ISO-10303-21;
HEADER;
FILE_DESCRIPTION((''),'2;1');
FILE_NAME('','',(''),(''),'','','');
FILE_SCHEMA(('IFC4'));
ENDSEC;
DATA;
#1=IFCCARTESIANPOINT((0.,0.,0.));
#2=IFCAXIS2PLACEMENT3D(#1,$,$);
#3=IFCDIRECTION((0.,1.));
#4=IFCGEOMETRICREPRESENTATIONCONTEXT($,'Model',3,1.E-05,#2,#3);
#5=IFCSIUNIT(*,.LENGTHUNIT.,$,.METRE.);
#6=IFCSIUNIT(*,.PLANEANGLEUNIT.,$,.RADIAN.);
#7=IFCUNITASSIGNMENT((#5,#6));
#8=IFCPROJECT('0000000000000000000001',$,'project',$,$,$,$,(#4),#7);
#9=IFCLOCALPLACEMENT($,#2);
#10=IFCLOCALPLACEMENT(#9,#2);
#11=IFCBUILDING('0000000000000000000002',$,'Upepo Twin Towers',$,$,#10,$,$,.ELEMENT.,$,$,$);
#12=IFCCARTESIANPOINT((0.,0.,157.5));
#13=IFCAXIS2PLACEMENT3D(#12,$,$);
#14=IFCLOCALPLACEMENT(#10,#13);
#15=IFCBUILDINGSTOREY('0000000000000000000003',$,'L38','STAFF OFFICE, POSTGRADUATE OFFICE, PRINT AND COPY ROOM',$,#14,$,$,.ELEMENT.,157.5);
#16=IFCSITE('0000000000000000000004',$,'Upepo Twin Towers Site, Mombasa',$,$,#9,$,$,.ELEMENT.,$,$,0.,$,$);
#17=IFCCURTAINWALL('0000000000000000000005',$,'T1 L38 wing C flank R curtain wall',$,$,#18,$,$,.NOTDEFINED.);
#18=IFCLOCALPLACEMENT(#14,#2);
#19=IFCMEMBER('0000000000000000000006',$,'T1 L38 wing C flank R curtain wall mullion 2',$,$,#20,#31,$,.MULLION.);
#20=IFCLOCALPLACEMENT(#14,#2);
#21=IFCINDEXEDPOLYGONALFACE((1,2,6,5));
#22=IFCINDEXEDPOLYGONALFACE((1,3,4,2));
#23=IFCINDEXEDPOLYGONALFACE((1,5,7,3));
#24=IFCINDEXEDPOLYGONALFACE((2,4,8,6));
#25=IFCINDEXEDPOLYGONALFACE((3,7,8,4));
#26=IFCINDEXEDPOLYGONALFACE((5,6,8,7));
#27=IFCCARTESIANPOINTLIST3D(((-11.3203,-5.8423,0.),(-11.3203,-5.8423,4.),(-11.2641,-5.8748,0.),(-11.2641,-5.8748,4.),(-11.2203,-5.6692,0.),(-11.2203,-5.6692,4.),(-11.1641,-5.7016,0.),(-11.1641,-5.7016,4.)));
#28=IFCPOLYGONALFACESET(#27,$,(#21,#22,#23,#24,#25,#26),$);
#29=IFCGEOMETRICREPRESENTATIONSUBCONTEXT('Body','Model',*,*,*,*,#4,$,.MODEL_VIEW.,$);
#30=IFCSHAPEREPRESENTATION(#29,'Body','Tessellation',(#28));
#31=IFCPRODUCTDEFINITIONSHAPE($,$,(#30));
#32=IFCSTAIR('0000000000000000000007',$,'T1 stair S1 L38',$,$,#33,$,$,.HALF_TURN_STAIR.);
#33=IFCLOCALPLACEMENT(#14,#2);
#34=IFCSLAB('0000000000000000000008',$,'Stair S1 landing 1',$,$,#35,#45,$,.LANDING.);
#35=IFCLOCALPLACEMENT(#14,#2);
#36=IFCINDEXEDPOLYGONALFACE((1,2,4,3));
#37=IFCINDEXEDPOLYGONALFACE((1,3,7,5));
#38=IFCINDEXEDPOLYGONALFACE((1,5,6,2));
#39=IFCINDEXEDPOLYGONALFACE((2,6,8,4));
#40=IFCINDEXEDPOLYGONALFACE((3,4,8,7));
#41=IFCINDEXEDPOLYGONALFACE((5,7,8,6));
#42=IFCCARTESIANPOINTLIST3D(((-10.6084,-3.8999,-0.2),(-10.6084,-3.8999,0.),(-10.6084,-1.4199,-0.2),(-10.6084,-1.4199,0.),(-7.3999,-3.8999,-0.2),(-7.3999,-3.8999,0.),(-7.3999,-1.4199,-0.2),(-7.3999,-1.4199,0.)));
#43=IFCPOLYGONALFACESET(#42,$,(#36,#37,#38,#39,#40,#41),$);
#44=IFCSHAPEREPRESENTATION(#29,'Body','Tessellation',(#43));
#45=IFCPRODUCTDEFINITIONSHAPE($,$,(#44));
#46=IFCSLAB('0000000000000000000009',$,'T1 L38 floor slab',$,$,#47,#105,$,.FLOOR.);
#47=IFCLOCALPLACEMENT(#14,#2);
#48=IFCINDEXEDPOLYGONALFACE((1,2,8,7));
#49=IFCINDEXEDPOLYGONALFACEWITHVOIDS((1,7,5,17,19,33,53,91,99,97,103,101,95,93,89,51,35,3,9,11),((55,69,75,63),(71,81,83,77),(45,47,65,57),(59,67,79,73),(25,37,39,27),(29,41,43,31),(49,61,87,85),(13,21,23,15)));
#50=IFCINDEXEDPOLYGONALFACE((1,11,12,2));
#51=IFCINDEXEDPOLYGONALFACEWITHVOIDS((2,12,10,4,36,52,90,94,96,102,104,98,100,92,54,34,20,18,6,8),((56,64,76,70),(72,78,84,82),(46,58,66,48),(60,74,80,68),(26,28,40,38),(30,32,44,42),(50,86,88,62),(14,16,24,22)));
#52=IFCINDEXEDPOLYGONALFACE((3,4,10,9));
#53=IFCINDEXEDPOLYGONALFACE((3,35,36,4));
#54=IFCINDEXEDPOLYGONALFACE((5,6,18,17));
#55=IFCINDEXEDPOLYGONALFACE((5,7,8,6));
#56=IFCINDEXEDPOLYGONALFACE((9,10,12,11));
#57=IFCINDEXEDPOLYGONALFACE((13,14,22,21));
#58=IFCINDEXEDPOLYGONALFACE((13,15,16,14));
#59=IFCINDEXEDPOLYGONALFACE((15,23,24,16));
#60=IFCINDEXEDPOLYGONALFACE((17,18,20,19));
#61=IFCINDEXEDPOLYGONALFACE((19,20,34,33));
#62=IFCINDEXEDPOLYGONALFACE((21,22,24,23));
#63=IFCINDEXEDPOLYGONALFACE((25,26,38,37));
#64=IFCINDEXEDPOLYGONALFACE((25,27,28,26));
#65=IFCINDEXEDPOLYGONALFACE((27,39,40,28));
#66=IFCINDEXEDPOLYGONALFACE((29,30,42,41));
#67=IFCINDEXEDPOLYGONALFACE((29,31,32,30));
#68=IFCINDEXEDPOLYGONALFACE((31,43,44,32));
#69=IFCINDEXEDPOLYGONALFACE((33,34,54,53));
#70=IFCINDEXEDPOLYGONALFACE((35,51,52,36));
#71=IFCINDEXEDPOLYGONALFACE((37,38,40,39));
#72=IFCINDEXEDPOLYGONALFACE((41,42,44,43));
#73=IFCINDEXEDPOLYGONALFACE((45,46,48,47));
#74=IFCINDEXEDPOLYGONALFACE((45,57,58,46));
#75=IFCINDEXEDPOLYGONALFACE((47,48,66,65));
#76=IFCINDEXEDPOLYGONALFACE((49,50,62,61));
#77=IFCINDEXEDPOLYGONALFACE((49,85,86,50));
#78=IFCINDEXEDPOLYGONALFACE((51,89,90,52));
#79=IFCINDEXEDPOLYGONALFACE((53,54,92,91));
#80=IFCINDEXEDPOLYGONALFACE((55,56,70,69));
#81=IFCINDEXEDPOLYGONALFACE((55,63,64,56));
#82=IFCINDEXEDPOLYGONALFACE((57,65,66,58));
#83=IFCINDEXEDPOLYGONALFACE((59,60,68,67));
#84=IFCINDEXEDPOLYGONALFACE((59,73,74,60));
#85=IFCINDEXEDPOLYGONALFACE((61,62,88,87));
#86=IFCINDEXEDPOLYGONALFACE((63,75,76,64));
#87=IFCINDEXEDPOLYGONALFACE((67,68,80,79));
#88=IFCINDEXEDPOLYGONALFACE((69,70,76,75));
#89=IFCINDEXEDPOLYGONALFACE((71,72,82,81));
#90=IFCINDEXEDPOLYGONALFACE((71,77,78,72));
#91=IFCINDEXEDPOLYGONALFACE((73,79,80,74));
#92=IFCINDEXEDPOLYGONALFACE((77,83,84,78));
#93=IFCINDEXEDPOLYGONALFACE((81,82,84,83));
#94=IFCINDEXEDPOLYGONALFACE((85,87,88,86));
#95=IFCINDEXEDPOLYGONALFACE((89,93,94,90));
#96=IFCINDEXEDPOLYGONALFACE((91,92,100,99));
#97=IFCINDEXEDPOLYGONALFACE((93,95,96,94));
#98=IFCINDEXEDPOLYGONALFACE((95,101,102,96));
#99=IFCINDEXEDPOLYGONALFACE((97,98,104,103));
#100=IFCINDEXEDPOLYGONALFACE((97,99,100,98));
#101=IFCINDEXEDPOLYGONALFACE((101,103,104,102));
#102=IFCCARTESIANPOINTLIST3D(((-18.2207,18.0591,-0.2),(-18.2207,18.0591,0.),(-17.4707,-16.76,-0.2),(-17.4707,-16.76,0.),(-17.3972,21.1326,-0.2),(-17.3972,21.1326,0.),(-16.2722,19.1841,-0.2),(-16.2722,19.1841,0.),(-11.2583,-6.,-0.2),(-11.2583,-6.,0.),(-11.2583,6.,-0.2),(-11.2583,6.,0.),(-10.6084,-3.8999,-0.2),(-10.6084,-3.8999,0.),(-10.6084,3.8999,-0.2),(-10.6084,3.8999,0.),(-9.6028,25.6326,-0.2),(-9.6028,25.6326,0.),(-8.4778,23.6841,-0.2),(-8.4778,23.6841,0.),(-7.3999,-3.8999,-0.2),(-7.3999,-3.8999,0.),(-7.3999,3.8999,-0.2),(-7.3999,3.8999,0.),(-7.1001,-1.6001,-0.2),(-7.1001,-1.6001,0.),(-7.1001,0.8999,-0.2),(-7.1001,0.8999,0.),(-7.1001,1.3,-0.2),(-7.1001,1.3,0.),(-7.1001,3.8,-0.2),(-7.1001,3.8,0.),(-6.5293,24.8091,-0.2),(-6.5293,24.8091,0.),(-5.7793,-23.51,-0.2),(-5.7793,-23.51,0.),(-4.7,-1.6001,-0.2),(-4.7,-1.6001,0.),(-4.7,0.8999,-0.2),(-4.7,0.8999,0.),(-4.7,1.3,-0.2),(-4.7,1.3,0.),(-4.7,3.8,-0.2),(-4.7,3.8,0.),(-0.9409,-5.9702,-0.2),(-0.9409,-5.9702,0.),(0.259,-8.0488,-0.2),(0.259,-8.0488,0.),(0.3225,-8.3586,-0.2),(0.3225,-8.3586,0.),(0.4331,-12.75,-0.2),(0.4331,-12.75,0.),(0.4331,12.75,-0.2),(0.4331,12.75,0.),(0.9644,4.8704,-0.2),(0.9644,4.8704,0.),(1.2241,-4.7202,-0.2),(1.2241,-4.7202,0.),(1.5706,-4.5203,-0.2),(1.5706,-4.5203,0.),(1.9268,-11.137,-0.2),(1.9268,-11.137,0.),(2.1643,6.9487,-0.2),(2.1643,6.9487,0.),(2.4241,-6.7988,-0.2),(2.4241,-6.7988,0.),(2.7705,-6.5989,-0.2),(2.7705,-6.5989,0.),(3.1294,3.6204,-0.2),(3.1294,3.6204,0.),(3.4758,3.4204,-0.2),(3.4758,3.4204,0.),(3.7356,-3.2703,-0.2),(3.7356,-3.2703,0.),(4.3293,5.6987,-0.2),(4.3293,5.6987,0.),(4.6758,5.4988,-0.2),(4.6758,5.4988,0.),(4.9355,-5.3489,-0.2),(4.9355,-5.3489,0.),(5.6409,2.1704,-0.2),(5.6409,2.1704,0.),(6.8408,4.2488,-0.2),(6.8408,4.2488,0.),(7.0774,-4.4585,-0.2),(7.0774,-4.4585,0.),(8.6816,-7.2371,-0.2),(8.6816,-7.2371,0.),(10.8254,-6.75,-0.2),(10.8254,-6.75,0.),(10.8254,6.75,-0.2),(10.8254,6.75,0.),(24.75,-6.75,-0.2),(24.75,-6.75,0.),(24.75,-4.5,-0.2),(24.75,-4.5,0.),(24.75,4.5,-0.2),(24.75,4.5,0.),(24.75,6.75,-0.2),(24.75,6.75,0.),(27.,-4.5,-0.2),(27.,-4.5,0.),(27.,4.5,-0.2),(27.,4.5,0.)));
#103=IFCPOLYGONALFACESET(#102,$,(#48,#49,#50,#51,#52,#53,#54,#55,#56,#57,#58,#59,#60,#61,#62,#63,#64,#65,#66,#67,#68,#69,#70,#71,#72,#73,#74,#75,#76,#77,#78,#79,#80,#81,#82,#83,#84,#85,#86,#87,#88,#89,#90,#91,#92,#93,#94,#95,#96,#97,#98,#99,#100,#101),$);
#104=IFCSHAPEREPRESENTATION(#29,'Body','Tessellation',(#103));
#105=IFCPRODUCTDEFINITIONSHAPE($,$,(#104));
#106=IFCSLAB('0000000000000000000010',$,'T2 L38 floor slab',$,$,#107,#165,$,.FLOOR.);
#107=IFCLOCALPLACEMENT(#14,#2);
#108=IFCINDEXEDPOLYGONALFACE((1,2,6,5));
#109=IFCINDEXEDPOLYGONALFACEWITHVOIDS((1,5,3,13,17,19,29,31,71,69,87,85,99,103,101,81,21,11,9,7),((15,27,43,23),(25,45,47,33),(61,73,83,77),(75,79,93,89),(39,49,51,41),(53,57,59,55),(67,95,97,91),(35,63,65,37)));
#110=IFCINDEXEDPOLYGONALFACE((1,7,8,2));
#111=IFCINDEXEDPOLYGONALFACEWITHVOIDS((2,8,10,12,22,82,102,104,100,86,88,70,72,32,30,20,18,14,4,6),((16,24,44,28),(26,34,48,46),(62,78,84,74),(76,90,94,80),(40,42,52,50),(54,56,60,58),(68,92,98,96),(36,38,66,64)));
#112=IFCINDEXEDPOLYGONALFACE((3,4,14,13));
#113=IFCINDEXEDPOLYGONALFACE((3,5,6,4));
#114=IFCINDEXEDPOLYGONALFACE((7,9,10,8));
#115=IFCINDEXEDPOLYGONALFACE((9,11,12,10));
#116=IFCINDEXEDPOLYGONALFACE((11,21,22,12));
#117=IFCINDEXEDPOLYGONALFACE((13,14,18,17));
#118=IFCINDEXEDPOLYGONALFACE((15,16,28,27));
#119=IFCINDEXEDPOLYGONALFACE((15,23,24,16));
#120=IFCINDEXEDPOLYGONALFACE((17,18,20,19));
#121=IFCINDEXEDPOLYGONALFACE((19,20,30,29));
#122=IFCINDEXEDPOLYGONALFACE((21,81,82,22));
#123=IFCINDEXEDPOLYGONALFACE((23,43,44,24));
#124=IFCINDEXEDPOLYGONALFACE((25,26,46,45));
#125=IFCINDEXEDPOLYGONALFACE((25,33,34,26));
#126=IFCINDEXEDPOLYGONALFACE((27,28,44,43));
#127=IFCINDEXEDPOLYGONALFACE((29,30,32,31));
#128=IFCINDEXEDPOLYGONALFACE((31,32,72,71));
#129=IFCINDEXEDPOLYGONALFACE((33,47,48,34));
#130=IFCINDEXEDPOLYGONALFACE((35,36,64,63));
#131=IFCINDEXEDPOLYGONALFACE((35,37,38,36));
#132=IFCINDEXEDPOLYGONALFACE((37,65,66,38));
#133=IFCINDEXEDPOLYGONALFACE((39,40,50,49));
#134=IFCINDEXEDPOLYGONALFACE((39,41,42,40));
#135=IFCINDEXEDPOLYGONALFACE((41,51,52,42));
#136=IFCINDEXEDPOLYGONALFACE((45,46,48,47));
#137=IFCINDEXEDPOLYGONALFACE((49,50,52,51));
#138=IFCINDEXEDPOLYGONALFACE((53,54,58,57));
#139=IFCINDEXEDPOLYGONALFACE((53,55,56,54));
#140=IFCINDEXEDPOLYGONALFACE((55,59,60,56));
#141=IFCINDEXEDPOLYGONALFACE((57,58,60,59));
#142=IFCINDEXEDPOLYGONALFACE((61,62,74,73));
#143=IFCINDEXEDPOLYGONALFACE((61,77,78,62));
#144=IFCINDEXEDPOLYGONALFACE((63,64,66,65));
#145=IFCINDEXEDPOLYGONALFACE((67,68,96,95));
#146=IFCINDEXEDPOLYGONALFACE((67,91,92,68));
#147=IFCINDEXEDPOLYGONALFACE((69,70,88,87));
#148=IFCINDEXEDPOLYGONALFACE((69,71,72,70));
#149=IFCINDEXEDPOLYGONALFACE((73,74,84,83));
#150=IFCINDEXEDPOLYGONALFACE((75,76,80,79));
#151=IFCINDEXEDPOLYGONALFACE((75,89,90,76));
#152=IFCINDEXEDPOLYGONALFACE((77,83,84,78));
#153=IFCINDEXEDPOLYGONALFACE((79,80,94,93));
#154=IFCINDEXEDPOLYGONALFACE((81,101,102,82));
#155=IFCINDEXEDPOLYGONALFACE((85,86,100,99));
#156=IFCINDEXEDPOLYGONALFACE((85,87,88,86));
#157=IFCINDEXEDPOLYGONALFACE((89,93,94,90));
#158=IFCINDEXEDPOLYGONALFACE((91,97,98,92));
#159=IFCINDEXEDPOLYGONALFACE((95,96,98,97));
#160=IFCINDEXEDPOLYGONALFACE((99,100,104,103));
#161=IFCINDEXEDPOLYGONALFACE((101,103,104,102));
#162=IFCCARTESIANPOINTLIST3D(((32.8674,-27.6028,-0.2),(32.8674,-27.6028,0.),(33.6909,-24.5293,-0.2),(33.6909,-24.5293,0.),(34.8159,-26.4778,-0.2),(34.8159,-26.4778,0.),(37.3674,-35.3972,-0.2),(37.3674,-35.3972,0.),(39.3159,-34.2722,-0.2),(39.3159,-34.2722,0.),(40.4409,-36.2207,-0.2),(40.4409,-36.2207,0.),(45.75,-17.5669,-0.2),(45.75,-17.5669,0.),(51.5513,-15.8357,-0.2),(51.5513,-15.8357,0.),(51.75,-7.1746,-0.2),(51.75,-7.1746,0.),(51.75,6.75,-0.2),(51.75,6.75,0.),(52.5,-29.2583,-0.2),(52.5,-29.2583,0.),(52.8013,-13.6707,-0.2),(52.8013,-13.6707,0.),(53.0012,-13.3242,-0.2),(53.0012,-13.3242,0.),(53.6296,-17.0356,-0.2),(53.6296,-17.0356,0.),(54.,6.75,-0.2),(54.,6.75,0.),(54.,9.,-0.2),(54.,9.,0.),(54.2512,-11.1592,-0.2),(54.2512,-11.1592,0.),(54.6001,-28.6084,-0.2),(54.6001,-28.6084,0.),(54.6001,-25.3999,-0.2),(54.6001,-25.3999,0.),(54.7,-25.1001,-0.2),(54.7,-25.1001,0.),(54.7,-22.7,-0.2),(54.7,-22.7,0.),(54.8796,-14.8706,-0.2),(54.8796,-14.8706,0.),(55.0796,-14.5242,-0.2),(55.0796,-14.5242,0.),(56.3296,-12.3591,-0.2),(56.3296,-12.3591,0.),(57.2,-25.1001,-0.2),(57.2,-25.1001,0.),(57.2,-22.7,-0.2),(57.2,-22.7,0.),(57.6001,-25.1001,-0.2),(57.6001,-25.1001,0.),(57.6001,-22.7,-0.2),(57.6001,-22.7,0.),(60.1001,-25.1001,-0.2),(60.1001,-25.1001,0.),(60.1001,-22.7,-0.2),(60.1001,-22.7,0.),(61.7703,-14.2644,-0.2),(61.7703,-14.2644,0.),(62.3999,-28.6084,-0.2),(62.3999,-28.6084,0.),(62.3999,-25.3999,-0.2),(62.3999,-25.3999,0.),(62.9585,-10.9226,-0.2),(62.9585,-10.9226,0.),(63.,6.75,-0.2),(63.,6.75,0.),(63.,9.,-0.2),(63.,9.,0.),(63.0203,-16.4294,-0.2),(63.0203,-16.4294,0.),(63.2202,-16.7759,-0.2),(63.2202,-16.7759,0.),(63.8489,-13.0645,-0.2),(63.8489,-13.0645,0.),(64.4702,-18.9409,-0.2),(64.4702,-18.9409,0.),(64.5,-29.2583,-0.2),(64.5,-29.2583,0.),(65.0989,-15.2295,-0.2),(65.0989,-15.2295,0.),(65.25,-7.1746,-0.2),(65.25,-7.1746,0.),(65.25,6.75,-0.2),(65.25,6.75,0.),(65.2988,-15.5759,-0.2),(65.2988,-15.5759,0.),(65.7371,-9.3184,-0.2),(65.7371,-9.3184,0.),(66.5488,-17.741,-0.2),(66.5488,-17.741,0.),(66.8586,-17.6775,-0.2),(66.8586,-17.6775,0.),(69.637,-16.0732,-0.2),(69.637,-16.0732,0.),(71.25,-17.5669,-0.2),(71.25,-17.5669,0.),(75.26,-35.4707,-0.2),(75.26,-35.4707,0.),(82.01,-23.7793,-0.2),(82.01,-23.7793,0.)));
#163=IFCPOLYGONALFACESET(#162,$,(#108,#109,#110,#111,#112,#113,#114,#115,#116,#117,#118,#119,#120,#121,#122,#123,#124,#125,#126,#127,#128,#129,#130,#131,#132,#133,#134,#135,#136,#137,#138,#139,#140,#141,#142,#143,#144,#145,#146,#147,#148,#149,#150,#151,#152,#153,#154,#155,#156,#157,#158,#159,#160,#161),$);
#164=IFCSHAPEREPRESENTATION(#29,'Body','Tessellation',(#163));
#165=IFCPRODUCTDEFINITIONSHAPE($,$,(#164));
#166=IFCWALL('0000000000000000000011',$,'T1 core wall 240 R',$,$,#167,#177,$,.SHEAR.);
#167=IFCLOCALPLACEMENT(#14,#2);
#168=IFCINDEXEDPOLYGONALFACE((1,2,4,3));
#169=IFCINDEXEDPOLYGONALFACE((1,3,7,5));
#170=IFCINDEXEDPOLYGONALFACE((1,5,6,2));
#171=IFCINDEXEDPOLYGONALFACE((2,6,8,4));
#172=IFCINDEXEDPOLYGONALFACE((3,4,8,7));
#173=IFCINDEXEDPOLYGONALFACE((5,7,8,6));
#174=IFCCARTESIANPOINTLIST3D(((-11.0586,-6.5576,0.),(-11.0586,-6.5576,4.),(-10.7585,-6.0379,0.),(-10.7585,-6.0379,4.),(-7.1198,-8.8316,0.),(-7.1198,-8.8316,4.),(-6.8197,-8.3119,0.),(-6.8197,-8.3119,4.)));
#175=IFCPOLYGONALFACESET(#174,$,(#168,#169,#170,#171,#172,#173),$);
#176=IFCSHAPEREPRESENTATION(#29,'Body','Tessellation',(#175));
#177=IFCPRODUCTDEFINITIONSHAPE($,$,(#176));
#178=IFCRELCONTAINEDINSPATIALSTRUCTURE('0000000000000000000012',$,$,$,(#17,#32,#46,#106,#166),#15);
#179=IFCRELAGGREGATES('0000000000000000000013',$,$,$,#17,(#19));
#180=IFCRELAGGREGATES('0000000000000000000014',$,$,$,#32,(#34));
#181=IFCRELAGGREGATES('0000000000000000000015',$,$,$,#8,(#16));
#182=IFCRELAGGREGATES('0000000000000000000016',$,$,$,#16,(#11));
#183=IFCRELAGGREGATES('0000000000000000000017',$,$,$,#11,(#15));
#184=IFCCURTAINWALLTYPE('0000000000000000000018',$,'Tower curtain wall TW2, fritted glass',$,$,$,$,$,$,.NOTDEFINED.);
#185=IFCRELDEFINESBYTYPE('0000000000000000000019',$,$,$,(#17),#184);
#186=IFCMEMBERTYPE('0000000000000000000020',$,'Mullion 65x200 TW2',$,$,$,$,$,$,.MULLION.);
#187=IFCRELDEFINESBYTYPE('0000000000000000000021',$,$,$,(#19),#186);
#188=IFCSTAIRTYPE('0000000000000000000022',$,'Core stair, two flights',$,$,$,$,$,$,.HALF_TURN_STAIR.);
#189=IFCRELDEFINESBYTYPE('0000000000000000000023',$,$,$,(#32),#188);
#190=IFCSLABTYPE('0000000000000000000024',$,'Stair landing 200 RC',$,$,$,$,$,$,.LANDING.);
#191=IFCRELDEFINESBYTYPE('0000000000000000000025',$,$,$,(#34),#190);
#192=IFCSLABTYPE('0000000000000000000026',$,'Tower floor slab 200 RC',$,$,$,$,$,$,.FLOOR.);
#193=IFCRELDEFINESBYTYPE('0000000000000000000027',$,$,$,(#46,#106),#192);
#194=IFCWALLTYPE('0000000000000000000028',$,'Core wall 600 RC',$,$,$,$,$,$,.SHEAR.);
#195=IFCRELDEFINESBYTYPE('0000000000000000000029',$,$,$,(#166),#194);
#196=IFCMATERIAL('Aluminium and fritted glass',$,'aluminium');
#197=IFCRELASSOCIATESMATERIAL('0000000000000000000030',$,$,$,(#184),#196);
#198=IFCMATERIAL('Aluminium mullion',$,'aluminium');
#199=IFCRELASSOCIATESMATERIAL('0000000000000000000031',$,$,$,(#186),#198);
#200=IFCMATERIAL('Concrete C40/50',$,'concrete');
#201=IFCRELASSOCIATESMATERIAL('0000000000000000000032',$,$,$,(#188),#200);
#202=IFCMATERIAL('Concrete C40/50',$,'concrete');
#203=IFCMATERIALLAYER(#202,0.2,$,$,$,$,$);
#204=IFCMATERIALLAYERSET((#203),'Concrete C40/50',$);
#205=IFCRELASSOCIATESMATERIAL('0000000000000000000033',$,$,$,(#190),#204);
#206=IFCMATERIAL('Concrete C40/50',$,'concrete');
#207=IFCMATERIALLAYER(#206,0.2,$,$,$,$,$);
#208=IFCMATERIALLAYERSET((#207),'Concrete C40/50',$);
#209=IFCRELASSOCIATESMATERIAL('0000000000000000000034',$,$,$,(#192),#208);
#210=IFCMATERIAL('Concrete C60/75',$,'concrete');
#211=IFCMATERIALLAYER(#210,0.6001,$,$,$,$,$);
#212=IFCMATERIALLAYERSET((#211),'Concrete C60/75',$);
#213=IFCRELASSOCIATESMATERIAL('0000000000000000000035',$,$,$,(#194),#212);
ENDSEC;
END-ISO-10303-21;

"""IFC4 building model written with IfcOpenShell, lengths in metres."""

from ifc_helpers import new_model, si_unit, direction, frame, frame_2d, origin, origin_2d, place, context, subcontext, project, spatial, polyline, rectangle, outline, extrude, material, layer, layer_set, material_profile, profile_set, type_object, element, aggregate, save


model = new_model("IFC4")

# Units and contexts
model_context = context("Model", 3, precision=1e-05, world=origin(), true_north=direction((0.0, 1.0)))
body_context = subcontext(model_context, "Body", "Model", "MODEL_VIEW")
ifc_project = project(units=[si_unit("LENGTHUNIT", "METRE"), si_unit("PLANEANGLEUNIT", "RADIAN")], contexts=[model_context])

# Site, building, storey
site_placement = place(None, origin())
site = spatial("IfcSite", under=ifc_project, at=site_placement, Name="Upepo Twin Towers Site, Mombasa", CompositionType="ELEMENT", RefElevation=0.0)
building_placement = place(site_placement, origin())
building = spatial("IfcBuilding", under=site, at=building_placement, Name="Upepo Twin Towers", CompositionType="ELEMENT")
storey_placement = place(building_placement, frame((0.0, 0.0, 157.5)))
storey = spatial("IfcBuildingStorey", under=building, at=storey_placement, Name="L38", Description="STAFF OFFICE, POSTGRADUATE OFFICE, PRINT AND COPY ROOM", CompositionType="ELEMENT", Elevation=157.5)

# Curtain wall, member
ifc_material_1 = material(Name="Aluminium and fritted glass", Category="aluminium")
curtain_wall_type = type_object("IfcCurtainWallType", Name="Tower curtain wall TW2, fritted glass", PredefinedType="NOTDEFINED", material=ifc_material_1)
curtain_wall_placement = place(storey_placement, origin())
curtain_wall = element("IfcCurtainWall", 1, at=curtain_wall_placement, inside=storey, type_object=curtain_wall_type, Name="T1 L38 wing C flank R curtain wall", PredefinedType="NOTDEFINED")
ifc_material_2 = material(Name="Aluminium mullion", Category="aluminium")
ifc_material_profile = material_profile(ifc_material_2, rectangle(XDim=0.0649, YDim=0.2, at=origin_2d()), Name="MULLION 65x200")
ifc_profile_set = profile_set([ifc_material_profile], Name="Aluminium mullion")
member_type = type_object("IfcMemberType", Name="Mullion 65x200 TW2", PredefinedType="MULLION", material=ifc_profile_set)
member_placement = place(storey_placement, frame((-11.2422, -5.772, 0.0), z_axis=(0.0, 0.0, 1.0), x_axis=(-0.866025, 0.5, 0.0)))
member = element("IfcMember", 2, at=member_placement, type_object=member_type, Name="T1 L38 wing C flank R curtain wall mullion 2", PredefinedType="MULLION", context=body_context, shape_type="SweptSolid", body=[
    extrude(rectangle(XDim=0.0649, YDim=0.2, at=origin_2d()), origin(), (0.0, 0.0, 1.0), 4.0),
])
aggregate(curtain_wall, [member])

# Stair, slab
ifc_material_3 = material(Name="Concrete C40/50", Category="concrete")
stair_type = type_object("IfcStairType", Name="Core stair, two flights", PredefinedType="HALF_TURN_STAIR", material=ifc_material_3)
stair_placement = place(storey_placement, origin())
stair = element("IfcStair", 3, at=stair_placement, inside=storey, type_object=stair_type, Name="T1 stair S1 L38", PredefinedType="HALF_TURN_STAIR")
ifc_material_4 = material(Name="Concrete C40/50", Category="concrete")
ifc_layer_1 = layer(ifc_material_4, 0.2)
ifc_layer_set_1 = layer_set([ifc_layer_1], Name="Concrete C40/50")
slab_type_1 = type_object("IfcSlabType", Name="Stair landing 200 RC", PredefinedType="LANDING", material=ifc_layer_set_1)
slab_1_placement = place(storey_placement, frame((0.0, 0.0, -0.2)))
slab_1 = element("IfcSlab", 4, at=slab_1_placement, type_object=slab_type_1, Name="Stair S1 landing 1", PredefinedType="LANDING", context=body_context, shape_type="SweptSolid", body=[
    extrude(outline(polyline([(-7.3999, -1.4199), (-10.6084, -1.4199), (-10.6084, -3.8999), (-7.3999, -3.8999), (-7.3999, -1.4199)])), origin(), (0.0, 0.0, 1.0), 0.2),
])

# Slabs
ifc_material_5 = material(Name="Concrete C40/50", Category="concrete")
ifc_layer_2 = layer(ifc_material_5, 0.2)
ifc_layer_set_2 = layer_set([ifc_layer_2], Name="Concrete C40/50")
slab_type_2 = type_object("IfcSlabType", Name="Tower floor slab 200 RC", PredefinedType="FLOOR", material=ifc_layer_set_2)
slab_2_placement = place(storey_placement, frame((0.0, 0.0, -0.2)))
element("IfcSlab", 5, at=slab_2_placement, inside=storey, type_object=slab_type_2, Name="T1 L38 floor slab", PredefinedType="FLOOR", context=body_context, shape_type="SweptSolid", body=[
    extrude(outline(polyline([(-17.4707, -16.76), (-11.2583, -6.0), (-11.2583, 6.0), (-18.2207, 18.0591), (-16.2722, 19.1841), (-17.3972, 21.1326), (-9.6028, 25.6326), (-8.4778, 23.6841), (-6.5293, 24.8091), (0.4331, 12.75), (10.8254, 6.75), (24.75, 6.75), (24.75, 4.5), (27.0, 4.5), (27.0, -4.5), (24.75, -4.5), (24.75, -6.75), (10.8254, -6.75), (0.4331, -12.75), (-5.7793, -23.51), (-17.4707, -16.76)]), holes=[polyline([(5.6409, 2.1704), (6.8408, 4.2488), (4.6758, 5.4988), (3.4758, 3.4204), (5.6409, 2.1704)]), polyline([(3.1294, 3.6204), (4.3293, 5.6987), (2.1643, 6.9487), (0.9644, 4.8704), (3.1294, 3.6204)]), polyline([(-4.7, 3.8), (-7.1001, 3.8), (-7.1001, 1.3), (-4.7, 1.3), (-4.7, 3.8)]), polyline([(-4.7, 0.8999), (-7.1001, 0.8999), (-7.1001, -1.6001), (-4.7, -1.6001), (-4.7, 0.8999)]), polyline([(-7.3999, 3.8999), (-10.6084, 3.8999), (-10.6084, -3.8999), (-7.3999, -3.8999), (-7.3999, 3.8999)]), polyline([(-0.9409, -5.9702), (0.259, -8.0488), (2.4241, -6.7988), (1.2241, -4.7202), (-0.9409, -5.9702)]), polyline([(1.5706, -4.5203), (2.7705, -6.5989), (4.9355, -5.3489), (3.7356, -3.2703), (1.5706, -4.5203)]), polyline([(0.3225, -8.3586), (1.9268, -11.137), (8.6816, -7.2371), (7.0774, -4.4585), (0.3225, -8.3586)])]), origin(), (0.0, 0.0, 1.0), 0.2),
])
slab_3_placement = place(storey_placement, frame((0.0, 0.0, -0.2)))
element("IfcSlab", 6, at=slab_3_placement, inside=storey, type_object=slab_type_2, Name="T2 L38 floor slab", PredefinedType="FLOOR", context=body_context, shape_type="SweptSolid", body=[
    extrude(outline(polyline([(75.26, -35.4707), (64.5, -29.2583), (52.5, -29.2583), (40.4409, -36.2207), (39.3159, -34.2722), (37.3674, -35.3972), (32.8674, -27.6028), (34.8159, -26.4778), (33.6909, -24.5293), (45.75, -17.5669), (51.75, -7.1746), (51.75, 6.75), (54.0, 6.75), (54.0, 9.0), (63.0, 9.0), (63.0, 6.75), (65.25, 6.75), (65.25, -7.1746), (71.25, -17.5669), (82.01, -23.7793), (75.26, -35.4707)]), holes=[polyline([(56.3296, -12.3591), (54.2512, -11.1592), (53.0012, -13.3242), (55.0796, -14.5242), (56.3296, -12.3591)]), polyline([(54.8796, -14.8706), (52.8013, -13.6707), (51.5513, -15.8357), (53.6296, -17.0356), (54.8796, -14.8706)]), polyline([(54.7, -22.7), (54.7, -25.1001), (57.2, -25.1001), (57.2, -22.7), (54.7, -22.7)]), polyline([(57.6001, -22.7), (57.6001, -25.1001), (60.1001, -25.1001), (60.1001, -22.7), (57.6001, -22.7)]), polyline([(54.6001, -25.3999), (54.6001, -28.6084), (62.3999, -28.6084), (62.3999, -25.3999), (54.6001, -25.3999)]), polyline([(64.4702, -18.9409), (66.5488, -17.741), (65.2988, -15.5759), (63.2202, -16.7759), (64.4702, -18.9409)]), polyline([(63.0203, -16.4294), (65.0989, -15.2295), (63.8489, -13.0645), (61.7703, -14.2644), (63.0203, -16.4294)]), polyline([(66.8586, -17.6775), (69.637, -16.0732), (65.7371, -9.3184), (62.9585, -10.9226), (66.8586, -17.6775)])]), origin(), (0.0, 0.0, 1.0), 0.2),
])

# Wall
ifc_material_6 = material(Name="Concrete C60/75", Category="concrete")
ifc_layer_3 = layer(ifc_material_6, 0.6001)
ifc_layer_set_3 = layer_set([ifc_layer_3], Name="Concrete C60/75")
wall_type_1 = type_object("IfcWallType", Name="Core wall 600 RC", PredefinedType="SHEAR", material=ifc_layer_set_3)
wall_1_placement = place(storey_placement, frame((-10.9084, -6.2979, 0.0), z_axis=(0.0, 0.0, 1.0), x_axis=(0.866035, -0.499984, 0.0)))
element("IfcWall", 7, at=wall_1_placement, inside=storey, type_object=wall_type_1, Name="T1 core wall 240 R", PredefinedType="SHEAR", context=body_context, shape_type="SweptSolid", body=[
    extrude(rectangle(XDim=4.5481, YDim=0.6001, at=frame_2d((2.2739, 0.0))), origin(), (0.0, 0.0, 1.0), 4.0),
])

aggregate(stair, [slab_1])

save(model, "model.ifc")
